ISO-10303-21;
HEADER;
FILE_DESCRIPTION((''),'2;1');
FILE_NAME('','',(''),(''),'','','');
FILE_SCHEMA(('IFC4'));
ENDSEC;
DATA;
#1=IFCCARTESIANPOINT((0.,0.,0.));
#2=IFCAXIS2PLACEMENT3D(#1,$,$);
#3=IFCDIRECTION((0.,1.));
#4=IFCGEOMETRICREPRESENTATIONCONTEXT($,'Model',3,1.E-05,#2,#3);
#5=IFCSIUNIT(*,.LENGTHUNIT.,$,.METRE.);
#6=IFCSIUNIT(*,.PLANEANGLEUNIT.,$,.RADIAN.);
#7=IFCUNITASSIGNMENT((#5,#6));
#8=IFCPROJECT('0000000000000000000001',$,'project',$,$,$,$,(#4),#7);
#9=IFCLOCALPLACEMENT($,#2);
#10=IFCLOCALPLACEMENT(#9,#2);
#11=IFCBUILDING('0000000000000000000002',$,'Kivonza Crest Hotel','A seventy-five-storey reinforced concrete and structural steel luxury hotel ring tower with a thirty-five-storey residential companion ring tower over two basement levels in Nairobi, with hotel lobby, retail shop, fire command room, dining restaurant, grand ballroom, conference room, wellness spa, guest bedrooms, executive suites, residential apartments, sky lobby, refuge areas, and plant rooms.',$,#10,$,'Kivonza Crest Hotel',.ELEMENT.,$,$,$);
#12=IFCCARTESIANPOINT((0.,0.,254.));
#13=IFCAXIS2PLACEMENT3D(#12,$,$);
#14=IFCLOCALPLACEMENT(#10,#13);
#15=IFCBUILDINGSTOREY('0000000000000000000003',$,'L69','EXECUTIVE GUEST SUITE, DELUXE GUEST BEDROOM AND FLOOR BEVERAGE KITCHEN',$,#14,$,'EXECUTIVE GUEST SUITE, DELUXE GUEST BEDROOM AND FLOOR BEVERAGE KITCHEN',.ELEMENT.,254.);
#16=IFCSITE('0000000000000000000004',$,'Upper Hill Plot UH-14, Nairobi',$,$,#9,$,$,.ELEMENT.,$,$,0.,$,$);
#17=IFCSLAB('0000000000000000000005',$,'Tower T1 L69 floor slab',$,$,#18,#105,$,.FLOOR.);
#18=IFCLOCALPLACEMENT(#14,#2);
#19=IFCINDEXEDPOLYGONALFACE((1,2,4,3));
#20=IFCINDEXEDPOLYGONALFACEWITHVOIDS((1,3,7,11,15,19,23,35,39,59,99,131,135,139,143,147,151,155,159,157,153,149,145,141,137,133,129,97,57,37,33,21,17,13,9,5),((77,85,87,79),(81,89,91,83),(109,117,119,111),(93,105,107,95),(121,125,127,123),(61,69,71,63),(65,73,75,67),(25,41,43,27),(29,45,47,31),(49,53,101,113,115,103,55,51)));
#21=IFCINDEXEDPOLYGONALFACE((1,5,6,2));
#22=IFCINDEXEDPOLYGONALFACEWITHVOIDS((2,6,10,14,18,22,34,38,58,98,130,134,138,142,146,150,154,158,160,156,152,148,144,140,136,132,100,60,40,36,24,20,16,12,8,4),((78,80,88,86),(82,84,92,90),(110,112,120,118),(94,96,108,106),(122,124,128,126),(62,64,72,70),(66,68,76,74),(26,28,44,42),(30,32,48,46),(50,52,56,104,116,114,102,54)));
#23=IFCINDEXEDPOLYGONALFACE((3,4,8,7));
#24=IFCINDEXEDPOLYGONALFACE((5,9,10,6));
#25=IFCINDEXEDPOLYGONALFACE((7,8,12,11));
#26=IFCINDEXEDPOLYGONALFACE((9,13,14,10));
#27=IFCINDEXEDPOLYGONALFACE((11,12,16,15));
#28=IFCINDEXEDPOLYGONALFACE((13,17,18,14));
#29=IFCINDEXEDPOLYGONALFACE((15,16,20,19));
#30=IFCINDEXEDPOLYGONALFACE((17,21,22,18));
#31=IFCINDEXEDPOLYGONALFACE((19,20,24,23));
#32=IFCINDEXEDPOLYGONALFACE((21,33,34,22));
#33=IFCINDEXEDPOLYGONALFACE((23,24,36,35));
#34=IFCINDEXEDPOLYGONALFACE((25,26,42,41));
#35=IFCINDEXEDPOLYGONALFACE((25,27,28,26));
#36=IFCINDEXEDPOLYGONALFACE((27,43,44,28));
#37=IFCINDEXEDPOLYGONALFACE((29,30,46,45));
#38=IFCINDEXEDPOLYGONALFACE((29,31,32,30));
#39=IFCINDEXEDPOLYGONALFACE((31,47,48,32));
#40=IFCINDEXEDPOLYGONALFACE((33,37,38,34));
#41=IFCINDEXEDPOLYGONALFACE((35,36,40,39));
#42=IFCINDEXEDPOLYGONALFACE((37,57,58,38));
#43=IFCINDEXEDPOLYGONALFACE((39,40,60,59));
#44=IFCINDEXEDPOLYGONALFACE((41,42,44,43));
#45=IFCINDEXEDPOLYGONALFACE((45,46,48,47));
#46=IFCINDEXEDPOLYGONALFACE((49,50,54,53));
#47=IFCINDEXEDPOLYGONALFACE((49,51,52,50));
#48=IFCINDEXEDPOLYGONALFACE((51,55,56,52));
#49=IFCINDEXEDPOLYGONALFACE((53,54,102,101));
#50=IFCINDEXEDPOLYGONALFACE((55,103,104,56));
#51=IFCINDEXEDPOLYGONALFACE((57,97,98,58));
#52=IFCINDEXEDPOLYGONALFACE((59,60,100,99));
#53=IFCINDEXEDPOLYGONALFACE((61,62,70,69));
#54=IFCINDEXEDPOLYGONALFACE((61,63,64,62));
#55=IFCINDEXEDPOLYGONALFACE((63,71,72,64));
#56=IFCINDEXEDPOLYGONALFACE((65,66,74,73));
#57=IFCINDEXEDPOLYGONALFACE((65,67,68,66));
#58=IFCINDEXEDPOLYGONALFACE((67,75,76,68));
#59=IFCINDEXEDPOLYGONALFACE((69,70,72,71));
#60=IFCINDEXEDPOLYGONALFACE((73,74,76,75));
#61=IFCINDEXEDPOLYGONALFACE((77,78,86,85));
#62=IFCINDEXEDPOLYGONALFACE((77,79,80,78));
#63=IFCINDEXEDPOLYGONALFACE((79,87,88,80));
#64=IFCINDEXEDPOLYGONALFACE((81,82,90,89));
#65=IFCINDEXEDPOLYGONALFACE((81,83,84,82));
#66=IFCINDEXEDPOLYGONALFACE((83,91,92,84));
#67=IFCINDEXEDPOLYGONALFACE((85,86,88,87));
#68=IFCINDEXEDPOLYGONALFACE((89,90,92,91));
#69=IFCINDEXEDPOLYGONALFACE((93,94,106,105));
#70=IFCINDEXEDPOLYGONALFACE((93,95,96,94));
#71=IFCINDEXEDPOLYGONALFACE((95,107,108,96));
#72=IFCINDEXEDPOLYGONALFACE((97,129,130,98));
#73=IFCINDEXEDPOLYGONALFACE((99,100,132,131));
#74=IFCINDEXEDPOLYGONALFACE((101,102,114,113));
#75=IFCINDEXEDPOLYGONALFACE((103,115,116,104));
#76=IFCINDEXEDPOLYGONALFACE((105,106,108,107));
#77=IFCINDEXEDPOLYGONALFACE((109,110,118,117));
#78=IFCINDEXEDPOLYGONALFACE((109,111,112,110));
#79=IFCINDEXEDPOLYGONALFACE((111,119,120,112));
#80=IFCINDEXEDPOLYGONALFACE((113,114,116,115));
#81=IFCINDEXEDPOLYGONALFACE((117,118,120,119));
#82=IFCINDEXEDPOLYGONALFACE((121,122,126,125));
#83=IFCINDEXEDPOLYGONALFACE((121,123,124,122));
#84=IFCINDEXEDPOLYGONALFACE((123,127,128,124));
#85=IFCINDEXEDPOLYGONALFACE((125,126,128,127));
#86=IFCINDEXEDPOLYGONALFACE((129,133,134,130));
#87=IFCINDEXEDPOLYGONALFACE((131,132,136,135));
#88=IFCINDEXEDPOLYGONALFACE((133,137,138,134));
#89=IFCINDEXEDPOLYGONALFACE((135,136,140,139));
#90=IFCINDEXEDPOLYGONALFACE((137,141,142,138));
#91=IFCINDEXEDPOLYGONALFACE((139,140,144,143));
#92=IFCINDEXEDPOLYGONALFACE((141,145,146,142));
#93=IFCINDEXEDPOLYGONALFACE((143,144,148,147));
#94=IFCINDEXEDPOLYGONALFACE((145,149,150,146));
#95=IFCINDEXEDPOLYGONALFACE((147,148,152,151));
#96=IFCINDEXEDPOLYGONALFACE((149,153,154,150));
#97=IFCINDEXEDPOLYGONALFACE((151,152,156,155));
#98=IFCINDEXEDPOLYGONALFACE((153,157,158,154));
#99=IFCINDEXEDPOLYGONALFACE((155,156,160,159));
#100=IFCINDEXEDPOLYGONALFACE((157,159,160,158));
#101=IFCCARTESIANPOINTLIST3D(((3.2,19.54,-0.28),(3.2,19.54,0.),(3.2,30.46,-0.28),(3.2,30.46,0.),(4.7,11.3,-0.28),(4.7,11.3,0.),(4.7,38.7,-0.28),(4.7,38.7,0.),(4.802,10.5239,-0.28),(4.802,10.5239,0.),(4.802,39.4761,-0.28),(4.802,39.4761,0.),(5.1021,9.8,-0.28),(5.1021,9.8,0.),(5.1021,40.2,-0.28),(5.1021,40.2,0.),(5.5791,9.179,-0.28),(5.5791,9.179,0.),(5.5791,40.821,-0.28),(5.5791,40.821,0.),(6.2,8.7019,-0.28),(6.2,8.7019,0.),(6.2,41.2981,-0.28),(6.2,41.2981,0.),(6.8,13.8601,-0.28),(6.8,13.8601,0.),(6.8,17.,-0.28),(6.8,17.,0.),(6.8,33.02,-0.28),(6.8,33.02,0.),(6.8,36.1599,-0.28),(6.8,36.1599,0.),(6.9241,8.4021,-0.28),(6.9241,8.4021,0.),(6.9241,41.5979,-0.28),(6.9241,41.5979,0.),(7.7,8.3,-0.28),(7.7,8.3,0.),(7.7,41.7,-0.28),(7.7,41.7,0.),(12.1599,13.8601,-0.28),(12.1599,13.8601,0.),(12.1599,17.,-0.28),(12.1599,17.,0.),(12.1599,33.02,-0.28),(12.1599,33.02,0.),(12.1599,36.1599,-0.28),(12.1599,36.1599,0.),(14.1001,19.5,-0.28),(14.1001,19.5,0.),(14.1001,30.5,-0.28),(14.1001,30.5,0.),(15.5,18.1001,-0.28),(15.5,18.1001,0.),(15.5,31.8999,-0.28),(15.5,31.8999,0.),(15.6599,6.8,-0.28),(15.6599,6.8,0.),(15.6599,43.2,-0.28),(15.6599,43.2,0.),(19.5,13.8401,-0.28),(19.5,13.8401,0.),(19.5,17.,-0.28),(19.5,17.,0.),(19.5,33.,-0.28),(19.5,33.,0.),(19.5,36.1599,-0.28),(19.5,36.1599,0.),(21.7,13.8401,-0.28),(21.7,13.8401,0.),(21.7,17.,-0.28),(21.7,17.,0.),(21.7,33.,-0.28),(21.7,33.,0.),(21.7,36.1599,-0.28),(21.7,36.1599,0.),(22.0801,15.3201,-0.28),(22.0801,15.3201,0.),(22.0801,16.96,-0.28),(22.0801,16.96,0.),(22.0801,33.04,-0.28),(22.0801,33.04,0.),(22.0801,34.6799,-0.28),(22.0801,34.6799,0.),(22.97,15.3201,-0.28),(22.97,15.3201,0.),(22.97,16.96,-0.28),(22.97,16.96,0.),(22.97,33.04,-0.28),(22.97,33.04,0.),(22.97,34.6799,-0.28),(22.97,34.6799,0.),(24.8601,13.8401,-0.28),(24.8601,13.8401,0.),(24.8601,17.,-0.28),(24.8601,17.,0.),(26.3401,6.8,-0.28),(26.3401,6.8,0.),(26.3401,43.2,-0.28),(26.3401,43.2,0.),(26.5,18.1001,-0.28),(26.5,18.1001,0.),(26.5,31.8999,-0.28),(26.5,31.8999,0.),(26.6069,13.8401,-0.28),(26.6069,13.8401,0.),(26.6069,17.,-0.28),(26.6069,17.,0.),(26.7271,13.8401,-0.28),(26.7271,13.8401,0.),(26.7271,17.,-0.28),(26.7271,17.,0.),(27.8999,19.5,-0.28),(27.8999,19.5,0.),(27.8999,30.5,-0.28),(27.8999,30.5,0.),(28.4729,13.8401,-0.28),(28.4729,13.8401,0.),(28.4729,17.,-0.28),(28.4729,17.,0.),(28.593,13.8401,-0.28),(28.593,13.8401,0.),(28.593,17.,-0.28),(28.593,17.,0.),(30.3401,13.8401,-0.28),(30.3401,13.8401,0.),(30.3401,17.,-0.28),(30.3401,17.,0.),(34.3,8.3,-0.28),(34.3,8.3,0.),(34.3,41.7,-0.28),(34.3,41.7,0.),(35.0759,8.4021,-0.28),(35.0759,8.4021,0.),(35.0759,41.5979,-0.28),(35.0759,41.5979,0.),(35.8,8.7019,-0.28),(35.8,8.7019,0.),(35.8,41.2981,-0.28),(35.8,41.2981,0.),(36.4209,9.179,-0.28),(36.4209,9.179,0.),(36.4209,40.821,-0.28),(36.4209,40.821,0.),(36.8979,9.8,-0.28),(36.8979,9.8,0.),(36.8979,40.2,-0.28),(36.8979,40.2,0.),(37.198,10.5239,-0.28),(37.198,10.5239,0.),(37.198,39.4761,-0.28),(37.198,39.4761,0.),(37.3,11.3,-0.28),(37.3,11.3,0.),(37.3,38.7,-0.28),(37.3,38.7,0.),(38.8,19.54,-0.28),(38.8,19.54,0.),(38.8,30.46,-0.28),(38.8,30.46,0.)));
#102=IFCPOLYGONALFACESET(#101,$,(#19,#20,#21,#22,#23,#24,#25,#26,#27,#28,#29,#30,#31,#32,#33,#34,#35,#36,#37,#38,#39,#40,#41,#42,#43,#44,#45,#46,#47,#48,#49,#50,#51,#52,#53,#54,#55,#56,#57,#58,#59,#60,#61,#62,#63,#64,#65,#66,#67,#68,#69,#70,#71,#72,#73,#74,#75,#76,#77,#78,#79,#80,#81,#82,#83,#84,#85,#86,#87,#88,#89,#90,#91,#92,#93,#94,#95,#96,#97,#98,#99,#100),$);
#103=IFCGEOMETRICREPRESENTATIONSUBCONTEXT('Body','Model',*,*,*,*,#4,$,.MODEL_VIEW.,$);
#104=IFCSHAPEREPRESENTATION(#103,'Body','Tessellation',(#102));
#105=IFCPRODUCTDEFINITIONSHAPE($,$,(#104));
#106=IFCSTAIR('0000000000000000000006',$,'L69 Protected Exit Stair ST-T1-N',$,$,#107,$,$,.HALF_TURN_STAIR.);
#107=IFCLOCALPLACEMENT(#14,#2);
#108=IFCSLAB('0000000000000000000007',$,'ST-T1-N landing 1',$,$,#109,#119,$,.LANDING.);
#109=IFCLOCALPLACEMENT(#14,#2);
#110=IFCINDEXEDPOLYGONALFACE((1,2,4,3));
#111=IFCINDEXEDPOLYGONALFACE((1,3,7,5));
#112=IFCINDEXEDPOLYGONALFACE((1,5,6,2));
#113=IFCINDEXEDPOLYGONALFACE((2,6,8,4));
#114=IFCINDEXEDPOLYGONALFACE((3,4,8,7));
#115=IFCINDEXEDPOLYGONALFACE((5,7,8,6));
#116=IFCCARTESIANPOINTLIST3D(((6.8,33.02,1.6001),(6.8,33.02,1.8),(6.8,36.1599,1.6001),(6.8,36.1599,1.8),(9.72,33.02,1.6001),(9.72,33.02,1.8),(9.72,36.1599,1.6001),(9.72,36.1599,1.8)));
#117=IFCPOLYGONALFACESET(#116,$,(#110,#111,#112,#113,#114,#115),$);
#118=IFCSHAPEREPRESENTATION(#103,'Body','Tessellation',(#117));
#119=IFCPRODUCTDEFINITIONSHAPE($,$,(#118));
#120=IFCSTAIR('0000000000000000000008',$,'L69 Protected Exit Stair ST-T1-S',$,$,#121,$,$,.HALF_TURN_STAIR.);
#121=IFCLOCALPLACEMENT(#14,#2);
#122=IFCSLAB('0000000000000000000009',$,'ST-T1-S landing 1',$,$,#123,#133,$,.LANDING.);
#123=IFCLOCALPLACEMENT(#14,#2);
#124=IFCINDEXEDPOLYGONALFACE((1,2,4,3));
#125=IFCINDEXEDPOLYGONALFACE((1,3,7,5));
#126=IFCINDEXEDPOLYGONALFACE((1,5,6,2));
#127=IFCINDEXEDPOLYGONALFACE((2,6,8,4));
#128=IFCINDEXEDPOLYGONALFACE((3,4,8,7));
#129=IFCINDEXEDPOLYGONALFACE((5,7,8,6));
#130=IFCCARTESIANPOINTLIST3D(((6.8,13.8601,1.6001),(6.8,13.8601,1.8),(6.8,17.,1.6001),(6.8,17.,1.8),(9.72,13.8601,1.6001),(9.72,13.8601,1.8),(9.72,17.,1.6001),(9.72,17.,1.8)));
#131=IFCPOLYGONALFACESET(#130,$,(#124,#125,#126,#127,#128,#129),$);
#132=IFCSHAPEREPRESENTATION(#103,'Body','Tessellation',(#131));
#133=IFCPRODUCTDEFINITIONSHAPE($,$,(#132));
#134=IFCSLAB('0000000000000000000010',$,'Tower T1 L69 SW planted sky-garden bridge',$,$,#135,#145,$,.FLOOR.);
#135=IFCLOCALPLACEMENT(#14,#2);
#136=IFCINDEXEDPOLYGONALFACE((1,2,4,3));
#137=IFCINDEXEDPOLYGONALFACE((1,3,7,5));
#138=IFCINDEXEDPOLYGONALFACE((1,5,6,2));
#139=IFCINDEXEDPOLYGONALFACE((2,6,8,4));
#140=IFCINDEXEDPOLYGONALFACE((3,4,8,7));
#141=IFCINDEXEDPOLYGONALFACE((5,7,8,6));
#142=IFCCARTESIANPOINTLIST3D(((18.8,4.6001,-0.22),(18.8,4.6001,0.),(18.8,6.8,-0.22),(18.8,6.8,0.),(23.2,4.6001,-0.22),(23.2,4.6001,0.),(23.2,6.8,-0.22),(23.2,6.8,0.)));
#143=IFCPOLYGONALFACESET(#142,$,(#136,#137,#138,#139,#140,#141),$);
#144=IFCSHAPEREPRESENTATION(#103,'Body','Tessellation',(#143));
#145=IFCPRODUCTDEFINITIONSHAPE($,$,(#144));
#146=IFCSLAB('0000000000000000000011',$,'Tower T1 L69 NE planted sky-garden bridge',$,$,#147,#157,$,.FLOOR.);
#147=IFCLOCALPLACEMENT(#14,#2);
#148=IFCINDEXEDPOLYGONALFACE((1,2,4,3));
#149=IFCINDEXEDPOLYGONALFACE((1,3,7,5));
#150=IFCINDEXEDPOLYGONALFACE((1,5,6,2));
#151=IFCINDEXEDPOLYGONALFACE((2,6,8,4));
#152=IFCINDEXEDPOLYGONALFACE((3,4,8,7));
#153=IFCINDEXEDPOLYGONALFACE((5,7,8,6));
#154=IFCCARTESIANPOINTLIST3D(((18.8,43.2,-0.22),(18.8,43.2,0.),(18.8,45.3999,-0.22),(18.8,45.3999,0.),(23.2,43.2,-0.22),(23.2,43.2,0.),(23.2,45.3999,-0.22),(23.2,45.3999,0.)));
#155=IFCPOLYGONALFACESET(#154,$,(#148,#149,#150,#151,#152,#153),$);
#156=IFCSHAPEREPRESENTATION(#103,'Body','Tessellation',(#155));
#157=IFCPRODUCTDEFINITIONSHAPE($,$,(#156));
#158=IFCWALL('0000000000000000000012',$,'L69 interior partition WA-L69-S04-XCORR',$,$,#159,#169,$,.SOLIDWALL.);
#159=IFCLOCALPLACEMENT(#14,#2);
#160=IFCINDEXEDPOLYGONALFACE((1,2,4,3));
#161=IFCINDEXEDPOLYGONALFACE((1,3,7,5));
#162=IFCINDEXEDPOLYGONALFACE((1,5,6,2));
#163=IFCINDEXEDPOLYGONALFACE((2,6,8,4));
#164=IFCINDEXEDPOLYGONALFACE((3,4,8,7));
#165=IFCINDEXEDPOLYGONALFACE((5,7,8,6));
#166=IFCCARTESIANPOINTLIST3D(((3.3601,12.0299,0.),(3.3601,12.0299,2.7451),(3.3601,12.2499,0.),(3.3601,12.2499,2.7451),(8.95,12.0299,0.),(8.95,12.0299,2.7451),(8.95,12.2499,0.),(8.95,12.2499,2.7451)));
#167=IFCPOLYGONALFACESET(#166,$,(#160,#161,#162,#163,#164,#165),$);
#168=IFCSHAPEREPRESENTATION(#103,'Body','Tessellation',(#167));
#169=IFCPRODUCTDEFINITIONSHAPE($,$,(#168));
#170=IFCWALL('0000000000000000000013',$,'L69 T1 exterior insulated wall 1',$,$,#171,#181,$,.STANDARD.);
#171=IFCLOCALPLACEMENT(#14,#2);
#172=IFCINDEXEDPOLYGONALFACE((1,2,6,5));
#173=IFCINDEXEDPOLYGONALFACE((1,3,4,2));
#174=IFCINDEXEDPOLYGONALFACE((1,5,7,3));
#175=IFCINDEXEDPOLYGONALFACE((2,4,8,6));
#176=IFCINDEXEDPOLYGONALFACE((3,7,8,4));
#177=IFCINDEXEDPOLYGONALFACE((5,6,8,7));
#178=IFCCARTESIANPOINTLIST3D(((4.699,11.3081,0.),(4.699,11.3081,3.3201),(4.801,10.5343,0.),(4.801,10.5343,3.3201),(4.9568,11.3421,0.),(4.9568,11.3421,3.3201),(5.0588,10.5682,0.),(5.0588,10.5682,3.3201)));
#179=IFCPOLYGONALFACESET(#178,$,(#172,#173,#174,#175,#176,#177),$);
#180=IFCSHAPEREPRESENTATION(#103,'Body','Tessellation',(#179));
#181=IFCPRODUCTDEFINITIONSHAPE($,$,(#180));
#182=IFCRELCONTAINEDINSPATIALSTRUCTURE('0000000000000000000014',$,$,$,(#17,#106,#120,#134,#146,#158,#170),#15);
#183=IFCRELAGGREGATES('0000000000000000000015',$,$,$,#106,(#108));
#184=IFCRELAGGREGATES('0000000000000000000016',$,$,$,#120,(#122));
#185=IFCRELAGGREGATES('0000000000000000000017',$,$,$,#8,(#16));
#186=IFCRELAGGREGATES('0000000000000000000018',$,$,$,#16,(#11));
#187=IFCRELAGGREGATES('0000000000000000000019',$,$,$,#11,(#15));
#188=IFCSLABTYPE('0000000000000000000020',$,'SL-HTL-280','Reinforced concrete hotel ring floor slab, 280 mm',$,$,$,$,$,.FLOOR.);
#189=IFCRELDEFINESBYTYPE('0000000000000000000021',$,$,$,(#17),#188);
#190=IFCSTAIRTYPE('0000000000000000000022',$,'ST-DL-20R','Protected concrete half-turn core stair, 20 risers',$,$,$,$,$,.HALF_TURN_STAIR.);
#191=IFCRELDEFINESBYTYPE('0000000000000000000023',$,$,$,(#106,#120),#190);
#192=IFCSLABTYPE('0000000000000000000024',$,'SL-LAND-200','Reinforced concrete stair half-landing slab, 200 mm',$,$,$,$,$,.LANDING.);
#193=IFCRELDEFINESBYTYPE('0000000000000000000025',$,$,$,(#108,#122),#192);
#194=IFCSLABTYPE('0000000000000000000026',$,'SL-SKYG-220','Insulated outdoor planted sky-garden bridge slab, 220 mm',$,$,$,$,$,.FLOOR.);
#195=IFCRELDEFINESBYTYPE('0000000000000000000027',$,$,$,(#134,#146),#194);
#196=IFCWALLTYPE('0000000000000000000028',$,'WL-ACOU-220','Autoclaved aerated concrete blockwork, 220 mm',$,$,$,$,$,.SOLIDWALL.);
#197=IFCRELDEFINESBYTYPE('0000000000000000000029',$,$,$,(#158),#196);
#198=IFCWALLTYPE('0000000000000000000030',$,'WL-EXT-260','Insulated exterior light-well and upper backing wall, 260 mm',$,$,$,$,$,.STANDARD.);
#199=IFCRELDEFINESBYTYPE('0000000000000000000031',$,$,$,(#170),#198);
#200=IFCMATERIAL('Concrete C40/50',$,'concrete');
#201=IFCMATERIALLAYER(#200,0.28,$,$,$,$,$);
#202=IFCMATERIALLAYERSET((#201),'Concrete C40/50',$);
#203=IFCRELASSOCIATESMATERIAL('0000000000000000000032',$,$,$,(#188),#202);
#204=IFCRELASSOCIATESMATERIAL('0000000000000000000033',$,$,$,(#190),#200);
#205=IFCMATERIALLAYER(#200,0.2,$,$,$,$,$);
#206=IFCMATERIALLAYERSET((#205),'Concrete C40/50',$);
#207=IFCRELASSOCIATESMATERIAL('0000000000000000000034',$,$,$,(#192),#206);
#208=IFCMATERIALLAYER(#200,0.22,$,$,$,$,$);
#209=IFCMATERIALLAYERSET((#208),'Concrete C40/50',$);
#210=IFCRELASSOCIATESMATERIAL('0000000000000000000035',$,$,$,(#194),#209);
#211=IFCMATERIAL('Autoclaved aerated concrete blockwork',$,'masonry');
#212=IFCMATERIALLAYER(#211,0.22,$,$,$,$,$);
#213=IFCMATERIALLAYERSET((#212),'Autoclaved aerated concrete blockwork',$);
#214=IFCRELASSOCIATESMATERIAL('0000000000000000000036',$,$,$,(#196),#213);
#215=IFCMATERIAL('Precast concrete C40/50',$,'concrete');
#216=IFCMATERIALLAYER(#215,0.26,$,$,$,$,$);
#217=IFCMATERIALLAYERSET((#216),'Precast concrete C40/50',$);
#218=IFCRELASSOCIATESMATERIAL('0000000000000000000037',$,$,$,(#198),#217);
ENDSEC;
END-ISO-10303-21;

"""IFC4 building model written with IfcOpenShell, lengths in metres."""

from ifc_helpers import new_model, si_unit, direction, frame, frame_2d, origin, place, context, subcontext, project, spatial, polyline, rectangle, outline, extrude, material, layer, layer_set, type_object, element, aggregate, save


model = new_model("IFC4")

# Units and contexts
model_context = context("Model", 3, precision=1e-05, world=origin(), true_north=direction((0.0, 1.0)))
body_context = subcontext(model_context, "Body", "Model", "MODEL_VIEW")
ifc_project = project(units=[si_unit("LENGTHUNIT", "METRE"), si_unit("PLANEANGLEUNIT", "RADIAN")], contexts=[model_context])

# Site, building, storey
site_placement = place(None, origin())
site = spatial("IfcSite", under=ifc_project, at=site_placement, Name="Upper Hill Plot UH-14, Nairobi", CompositionType="ELEMENT", RefElevation=0.0)
building_placement = place(site_placement, origin())
building = spatial("IfcBuilding", under=site, at=building_placement, Name="Kivonza Crest Hotel", Description="A seventy-five-storey reinforced concrete and structural steel luxury hotel ring tower with a thirty-five-storey residential companion ring tower over two basement levels in Nairobi, with hotel lobby, retail shop, fire command room, dining restaurant, grand ballroom, conference room, wellness spa, guest bedrooms, executive suites, residential apartments, sky lobby, refuge areas, and plant rooms.", LongName="Kivonza Crest Hotel", CompositionType="ELEMENT")
storey_placement = place(building_placement, frame((0.0, 0.0, 254.0)))
storey = spatial("IfcBuildingStorey", under=building, at=storey_placement, Name="L69", Description="EXECUTIVE GUEST SUITE, DELUXE GUEST BEDROOM AND FLOOR BEVERAGE KITCHEN", LongName="EXECUTIVE GUEST SUITE, DELUXE GUEST BEDROOM AND FLOOR BEVERAGE KITCHEN", CompositionType="ELEMENT", Elevation=254.0)

# Slab
ifc_material_1 = material(Name="Concrete C40/50", Category="concrete")
ifc_layer_1 = layer(ifc_material_1, 0.28)
ifc_layer_set_1 = layer_set([ifc_layer_1], Name="Concrete C40/50")
slab_type_1 = type_object("IfcSlabType", Name="SL-HTL-280", Description="Reinforced concrete hotel ring floor slab, 280 mm", PredefinedType="FLOOR", material=ifc_layer_set_1)
slab_1_placement = place(storey_placement, frame((0.0, 0.0, -0.28)))
element("IfcSlab", 1, at=slab_1_placement, inside=storey, type_object=slab_type_1, Name="Tower T1 L69 floor slab", PredefinedType="FLOOR", context=body_context, shape_type="SweptSolid", body=[
    extrude(outline(polyline([(4.7, 11.3), (4.802, 10.5239), (5.1021, 9.8), (5.5791, 9.179), (6.2, 8.7019), (6.9241, 8.4021), (7.7, 8.3), (15.6599, 6.8), (26.3401, 6.8), (34.3, 8.3), (35.0759, 8.4021), (35.8, 8.7019), (36.4209, 9.179), (36.8979, 9.8), (37.198, 10.5239), (37.3, 11.3), (38.8, 19.54), (38.8, 30.46), (37.3, 38.7), (37.198, 39.4761), (36.8979, 40.2), (36.4209, 40.821), (35.8, 41.2981), (35.0759, 41.5979), (34.3, 41.7), (26.3401, 43.2), (15.6599, 43.2), (7.7, 41.7), (6.9241, 41.5979), (6.2, 41.2981), (5.5791, 40.821), (5.1021, 40.2), (4.802, 39.4761), (4.7, 38.7), (3.2, 30.46), (3.2, 19.54), (4.7, 11.3)]), holes=[polyline([(15.5, 18.1001), (26.5, 18.1001), (27.8999, 19.5), (27.8999, 30.5), (26.5, 31.8999), (15.5, 31.8999), (14.1001, 30.5), (14.1001, 19.5), (15.5, 18.1001)]), polyline([(6.8, 33.02), (12.1599, 33.02), (12.1599, 36.1599), (6.8, 36.1599), (6.8, 33.02)]), polyline([(6.8, 13.8601), (12.1599, 13.8601), (12.1599, 17.0), (6.8, 17.0), (6.8, 13.8601)]), polyline([(22.0801, 33.04), (22.97, 33.04), (22.97, 34.6799), (22.0801, 34.6799), (22.0801, 33.04)]), polyline([(22.0801, 15.3201), (22.97, 15.3201), (22.97, 16.96), (22.0801, 16.96), (22.0801, 15.3201)]), polyline([(19.5, 33.0), (21.7, 33.0), (21.7, 36.1599), (19.5, 36.1599), (19.5, 33.0)]), polyline([(19.5, 13.8401), (21.7, 13.8401), (21.7, 17.0), (19.5, 17.0), (19.5, 13.8401)]), polyline([(24.8601, 13.8401), (26.6069, 13.8401), (26.6069, 17.0), (24.8601, 17.0), (24.8601, 13.8401)]), polyline([(26.7271, 13.8401), (28.4729, 13.8401), (28.4729, 17.0), (26.7271, 17.0), (26.7271, 13.8401)]), polyline([(28.593, 13.8401), (30.3401, 13.8401), (30.3401, 17.0), (28.593, 17.0), (28.593, 13.8401)])]), origin(), (0.0, 0.0, 1.0), 0.28),
])

# Stairs, slabs
stair_type = type_object("IfcStairType", Name="ST-DL-20R", Description="Protected concrete half-turn core stair, 20 risers", PredefinedType="HALF_TURN_STAIR", material=ifc_material_1)
stair_1_placement = place(storey_placement, origin())
stair_1 = element("IfcStair", 2, at=stair_1_placement, inside=storey, type_object=stair_type, Name="L69 Protected Exit Stair ST-T1-N", PredefinedType="HALF_TURN_STAIR")
ifc_layer_2 = layer(ifc_material_1, 0.2)
ifc_layer_set_2 = layer_set([ifc_layer_2], Name="Concrete C40/50")
slab_type_2 = type_object("IfcSlabType", Name="SL-LAND-200", Description="Reinforced concrete stair half-landing slab, 200 mm", PredefinedType="LANDING", material=ifc_layer_set_2)
slab_2_placement = place(storey_placement, frame((0.0, 0.0, 1.6001)))
slab_2 = element("IfcSlab", 3, at=slab_2_placement, type_object=slab_type_2, Name="ST-T1-N landing 1", PredefinedType="LANDING", context=body_context, shape_type="SweptSolid", body=[
    extrude(outline(polyline([(9.72, 36.1599), (6.8, 36.1599), (6.8, 33.02), (9.72, 33.02), (9.72, 36.1599)])), origin(), (0.0, 0.0, 1.0), 0.2),
])
aggregate(stair_1, [slab_2])
stair_2_placement = place(storey_placement, origin())
stair_2 = element("IfcStair", 4, at=stair_2_placement, inside=storey, type_object=stair_type, Name="L69 Protected Exit Stair ST-T1-S", PredefinedType="HALF_TURN_STAIR")
slab_3_placement = place(storey_placement, frame((0.0, 0.0, 1.6001)))
slab_3 = element("IfcSlab", 5, at=slab_3_placement, type_object=slab_type_2, Name="ST-T1-S landing 1", PredefinedType="LANDING", context=body_context, shape_type="SweptSolid", body=[
    extrude(outline(polyline([(9.72, 17.0), (6.8, 17.0), (6.8, 13.8601), (9.72, 13.8601), (9.72, 17.0)])), origin(), (0.0, 0.0, 1.0), 0.2),
])
aggregate(stair_2, [slab_3])

# Slabs
ifc_layer_3 = layer(ifc_material_1, 0.22)
ifc_layer_set_3 = layer_set([ifc_layer_3], Name="Concrete C40/50")
slab_type_3 = type_object("IfcSlabType", Name="SL-SKYG-220", Description="Insulated outdoor planted sky-garden bridge slab, 220 mm", PredefinedType="FLOOR", material=ifc_layer_set_3)
slab_4_placement = place(storey_placement, frame((0.0, 0.0, -0.22)))
element("IfcSlab", 6, at=slab_4_placement, inside=storey, type_object=slab_type_3, Name="Tower T1 L69 SW planted sky-garden bridge", PredefinedType="FLOOR", context=body_context, shape_type="SweptSolid", body=[
    extrude(outline(polyline([(18.8, 4.6001), (23.2, 4.6001), (23.2, 6.8), (18.8, 6.8), (18.8, 4.6001)])), origin(), (0.0, 0.0, 1.0), 0.22),
])
slab_5_placement = place(storey_placement, frame((0.0, 0.0, -0.22)))
element("IfcSlab", 7, at=slab_5_placement, inside=storey, type_object=slab_type_3, Name="Tower T1 L69 NE planted sky-garden bridge", PredefinedType="FLOOR", context=body_context, shape_type="SweptSolid", body=[
    extrude(outline(polyline([(18.8, 43.2), (23.2, 43.2), (23.2, 45.3999), (18.8, 45.3999), (18.8, 43.2)])), origin(), (0.0, 0.0, 1.0), 0.22),
])

# Walls
ifc_material_2 = material(Name="Autoclaved aerated concrete blockwork", Category="masonry")
ifc_layer_4 = layer(ifc_material_2, 0.22)
ifc_layer_set_4 = layer_set([ifc_layer_4], Name="Autoclaved aerated concrete blockwork")
wall_type_1 = type_object("IfcWallType", Name="WL-ACOU-220", Description="Autoclaved aerated concrete blockwork, 220 mm", PredefinedType="SOLIDWALL", material=ifc_layer_set_4)
wall_1_placement = place(storey_placement, frame((3.3601, 12.1399, 0.0), z_axis=(0.0, 0.0, 1.0), x_axis=(1.0, 0.0, 0.0)))
element("IfcWall", 8, at=wall_1_placement, inside=storey, type_object=wall_type_1, Name="L69 interior partition WA-L69-S04-XCORR", PredefinedType="SOLIDWALL", context=body_context, shape_type="SweptSolid", body=[
    extrude(rectangle(XDim=5.5898, YDim=0.22, at=frame_2d((2.7949, 0.0))), origin(), (0.0, 0.0, 1.0), 2.7451),
])
ifc_material_3 = material(Name="Precast concrete C40/50", Category="concrete")
ifc_layer_5 = layer(ifc_material_3, 0.26)
ifc_layer_set_5 = layer_set([ifc_layer_5], Name="Precast concrete C40/50")
wall_type_2 = type_object("IfcWallType", Name="WL-EXT-260", Description="Insulated exterior light-well and upper backing wall, 260 mm", PredefinedType="STANDARD", material=ifc_layer_set_5)
wall_2_placement = place(storey_placement, frame((4.8279, 11.325, 0.0), z_axis=(0.0, 0.0, 1.0), x_axis=(0.13073, -0.991418, 0.0)))
element("IfcWall", 9, at=wall_2_placement, inside=storey, type_object=wall_type_2, Name="L69 T1 exterior insulated wall 1", PredefinedType="STANDARD", context=body_context, shape_type="SweptSolid", body=[
    extrude(rectangle(XDim=0.7805, YDim=0.26, at=frame_2d((0.3901, 0.0))), origin(), (0.0, 0.0, 1.0), 3.3201),
])

save(model, "model.ifc")
